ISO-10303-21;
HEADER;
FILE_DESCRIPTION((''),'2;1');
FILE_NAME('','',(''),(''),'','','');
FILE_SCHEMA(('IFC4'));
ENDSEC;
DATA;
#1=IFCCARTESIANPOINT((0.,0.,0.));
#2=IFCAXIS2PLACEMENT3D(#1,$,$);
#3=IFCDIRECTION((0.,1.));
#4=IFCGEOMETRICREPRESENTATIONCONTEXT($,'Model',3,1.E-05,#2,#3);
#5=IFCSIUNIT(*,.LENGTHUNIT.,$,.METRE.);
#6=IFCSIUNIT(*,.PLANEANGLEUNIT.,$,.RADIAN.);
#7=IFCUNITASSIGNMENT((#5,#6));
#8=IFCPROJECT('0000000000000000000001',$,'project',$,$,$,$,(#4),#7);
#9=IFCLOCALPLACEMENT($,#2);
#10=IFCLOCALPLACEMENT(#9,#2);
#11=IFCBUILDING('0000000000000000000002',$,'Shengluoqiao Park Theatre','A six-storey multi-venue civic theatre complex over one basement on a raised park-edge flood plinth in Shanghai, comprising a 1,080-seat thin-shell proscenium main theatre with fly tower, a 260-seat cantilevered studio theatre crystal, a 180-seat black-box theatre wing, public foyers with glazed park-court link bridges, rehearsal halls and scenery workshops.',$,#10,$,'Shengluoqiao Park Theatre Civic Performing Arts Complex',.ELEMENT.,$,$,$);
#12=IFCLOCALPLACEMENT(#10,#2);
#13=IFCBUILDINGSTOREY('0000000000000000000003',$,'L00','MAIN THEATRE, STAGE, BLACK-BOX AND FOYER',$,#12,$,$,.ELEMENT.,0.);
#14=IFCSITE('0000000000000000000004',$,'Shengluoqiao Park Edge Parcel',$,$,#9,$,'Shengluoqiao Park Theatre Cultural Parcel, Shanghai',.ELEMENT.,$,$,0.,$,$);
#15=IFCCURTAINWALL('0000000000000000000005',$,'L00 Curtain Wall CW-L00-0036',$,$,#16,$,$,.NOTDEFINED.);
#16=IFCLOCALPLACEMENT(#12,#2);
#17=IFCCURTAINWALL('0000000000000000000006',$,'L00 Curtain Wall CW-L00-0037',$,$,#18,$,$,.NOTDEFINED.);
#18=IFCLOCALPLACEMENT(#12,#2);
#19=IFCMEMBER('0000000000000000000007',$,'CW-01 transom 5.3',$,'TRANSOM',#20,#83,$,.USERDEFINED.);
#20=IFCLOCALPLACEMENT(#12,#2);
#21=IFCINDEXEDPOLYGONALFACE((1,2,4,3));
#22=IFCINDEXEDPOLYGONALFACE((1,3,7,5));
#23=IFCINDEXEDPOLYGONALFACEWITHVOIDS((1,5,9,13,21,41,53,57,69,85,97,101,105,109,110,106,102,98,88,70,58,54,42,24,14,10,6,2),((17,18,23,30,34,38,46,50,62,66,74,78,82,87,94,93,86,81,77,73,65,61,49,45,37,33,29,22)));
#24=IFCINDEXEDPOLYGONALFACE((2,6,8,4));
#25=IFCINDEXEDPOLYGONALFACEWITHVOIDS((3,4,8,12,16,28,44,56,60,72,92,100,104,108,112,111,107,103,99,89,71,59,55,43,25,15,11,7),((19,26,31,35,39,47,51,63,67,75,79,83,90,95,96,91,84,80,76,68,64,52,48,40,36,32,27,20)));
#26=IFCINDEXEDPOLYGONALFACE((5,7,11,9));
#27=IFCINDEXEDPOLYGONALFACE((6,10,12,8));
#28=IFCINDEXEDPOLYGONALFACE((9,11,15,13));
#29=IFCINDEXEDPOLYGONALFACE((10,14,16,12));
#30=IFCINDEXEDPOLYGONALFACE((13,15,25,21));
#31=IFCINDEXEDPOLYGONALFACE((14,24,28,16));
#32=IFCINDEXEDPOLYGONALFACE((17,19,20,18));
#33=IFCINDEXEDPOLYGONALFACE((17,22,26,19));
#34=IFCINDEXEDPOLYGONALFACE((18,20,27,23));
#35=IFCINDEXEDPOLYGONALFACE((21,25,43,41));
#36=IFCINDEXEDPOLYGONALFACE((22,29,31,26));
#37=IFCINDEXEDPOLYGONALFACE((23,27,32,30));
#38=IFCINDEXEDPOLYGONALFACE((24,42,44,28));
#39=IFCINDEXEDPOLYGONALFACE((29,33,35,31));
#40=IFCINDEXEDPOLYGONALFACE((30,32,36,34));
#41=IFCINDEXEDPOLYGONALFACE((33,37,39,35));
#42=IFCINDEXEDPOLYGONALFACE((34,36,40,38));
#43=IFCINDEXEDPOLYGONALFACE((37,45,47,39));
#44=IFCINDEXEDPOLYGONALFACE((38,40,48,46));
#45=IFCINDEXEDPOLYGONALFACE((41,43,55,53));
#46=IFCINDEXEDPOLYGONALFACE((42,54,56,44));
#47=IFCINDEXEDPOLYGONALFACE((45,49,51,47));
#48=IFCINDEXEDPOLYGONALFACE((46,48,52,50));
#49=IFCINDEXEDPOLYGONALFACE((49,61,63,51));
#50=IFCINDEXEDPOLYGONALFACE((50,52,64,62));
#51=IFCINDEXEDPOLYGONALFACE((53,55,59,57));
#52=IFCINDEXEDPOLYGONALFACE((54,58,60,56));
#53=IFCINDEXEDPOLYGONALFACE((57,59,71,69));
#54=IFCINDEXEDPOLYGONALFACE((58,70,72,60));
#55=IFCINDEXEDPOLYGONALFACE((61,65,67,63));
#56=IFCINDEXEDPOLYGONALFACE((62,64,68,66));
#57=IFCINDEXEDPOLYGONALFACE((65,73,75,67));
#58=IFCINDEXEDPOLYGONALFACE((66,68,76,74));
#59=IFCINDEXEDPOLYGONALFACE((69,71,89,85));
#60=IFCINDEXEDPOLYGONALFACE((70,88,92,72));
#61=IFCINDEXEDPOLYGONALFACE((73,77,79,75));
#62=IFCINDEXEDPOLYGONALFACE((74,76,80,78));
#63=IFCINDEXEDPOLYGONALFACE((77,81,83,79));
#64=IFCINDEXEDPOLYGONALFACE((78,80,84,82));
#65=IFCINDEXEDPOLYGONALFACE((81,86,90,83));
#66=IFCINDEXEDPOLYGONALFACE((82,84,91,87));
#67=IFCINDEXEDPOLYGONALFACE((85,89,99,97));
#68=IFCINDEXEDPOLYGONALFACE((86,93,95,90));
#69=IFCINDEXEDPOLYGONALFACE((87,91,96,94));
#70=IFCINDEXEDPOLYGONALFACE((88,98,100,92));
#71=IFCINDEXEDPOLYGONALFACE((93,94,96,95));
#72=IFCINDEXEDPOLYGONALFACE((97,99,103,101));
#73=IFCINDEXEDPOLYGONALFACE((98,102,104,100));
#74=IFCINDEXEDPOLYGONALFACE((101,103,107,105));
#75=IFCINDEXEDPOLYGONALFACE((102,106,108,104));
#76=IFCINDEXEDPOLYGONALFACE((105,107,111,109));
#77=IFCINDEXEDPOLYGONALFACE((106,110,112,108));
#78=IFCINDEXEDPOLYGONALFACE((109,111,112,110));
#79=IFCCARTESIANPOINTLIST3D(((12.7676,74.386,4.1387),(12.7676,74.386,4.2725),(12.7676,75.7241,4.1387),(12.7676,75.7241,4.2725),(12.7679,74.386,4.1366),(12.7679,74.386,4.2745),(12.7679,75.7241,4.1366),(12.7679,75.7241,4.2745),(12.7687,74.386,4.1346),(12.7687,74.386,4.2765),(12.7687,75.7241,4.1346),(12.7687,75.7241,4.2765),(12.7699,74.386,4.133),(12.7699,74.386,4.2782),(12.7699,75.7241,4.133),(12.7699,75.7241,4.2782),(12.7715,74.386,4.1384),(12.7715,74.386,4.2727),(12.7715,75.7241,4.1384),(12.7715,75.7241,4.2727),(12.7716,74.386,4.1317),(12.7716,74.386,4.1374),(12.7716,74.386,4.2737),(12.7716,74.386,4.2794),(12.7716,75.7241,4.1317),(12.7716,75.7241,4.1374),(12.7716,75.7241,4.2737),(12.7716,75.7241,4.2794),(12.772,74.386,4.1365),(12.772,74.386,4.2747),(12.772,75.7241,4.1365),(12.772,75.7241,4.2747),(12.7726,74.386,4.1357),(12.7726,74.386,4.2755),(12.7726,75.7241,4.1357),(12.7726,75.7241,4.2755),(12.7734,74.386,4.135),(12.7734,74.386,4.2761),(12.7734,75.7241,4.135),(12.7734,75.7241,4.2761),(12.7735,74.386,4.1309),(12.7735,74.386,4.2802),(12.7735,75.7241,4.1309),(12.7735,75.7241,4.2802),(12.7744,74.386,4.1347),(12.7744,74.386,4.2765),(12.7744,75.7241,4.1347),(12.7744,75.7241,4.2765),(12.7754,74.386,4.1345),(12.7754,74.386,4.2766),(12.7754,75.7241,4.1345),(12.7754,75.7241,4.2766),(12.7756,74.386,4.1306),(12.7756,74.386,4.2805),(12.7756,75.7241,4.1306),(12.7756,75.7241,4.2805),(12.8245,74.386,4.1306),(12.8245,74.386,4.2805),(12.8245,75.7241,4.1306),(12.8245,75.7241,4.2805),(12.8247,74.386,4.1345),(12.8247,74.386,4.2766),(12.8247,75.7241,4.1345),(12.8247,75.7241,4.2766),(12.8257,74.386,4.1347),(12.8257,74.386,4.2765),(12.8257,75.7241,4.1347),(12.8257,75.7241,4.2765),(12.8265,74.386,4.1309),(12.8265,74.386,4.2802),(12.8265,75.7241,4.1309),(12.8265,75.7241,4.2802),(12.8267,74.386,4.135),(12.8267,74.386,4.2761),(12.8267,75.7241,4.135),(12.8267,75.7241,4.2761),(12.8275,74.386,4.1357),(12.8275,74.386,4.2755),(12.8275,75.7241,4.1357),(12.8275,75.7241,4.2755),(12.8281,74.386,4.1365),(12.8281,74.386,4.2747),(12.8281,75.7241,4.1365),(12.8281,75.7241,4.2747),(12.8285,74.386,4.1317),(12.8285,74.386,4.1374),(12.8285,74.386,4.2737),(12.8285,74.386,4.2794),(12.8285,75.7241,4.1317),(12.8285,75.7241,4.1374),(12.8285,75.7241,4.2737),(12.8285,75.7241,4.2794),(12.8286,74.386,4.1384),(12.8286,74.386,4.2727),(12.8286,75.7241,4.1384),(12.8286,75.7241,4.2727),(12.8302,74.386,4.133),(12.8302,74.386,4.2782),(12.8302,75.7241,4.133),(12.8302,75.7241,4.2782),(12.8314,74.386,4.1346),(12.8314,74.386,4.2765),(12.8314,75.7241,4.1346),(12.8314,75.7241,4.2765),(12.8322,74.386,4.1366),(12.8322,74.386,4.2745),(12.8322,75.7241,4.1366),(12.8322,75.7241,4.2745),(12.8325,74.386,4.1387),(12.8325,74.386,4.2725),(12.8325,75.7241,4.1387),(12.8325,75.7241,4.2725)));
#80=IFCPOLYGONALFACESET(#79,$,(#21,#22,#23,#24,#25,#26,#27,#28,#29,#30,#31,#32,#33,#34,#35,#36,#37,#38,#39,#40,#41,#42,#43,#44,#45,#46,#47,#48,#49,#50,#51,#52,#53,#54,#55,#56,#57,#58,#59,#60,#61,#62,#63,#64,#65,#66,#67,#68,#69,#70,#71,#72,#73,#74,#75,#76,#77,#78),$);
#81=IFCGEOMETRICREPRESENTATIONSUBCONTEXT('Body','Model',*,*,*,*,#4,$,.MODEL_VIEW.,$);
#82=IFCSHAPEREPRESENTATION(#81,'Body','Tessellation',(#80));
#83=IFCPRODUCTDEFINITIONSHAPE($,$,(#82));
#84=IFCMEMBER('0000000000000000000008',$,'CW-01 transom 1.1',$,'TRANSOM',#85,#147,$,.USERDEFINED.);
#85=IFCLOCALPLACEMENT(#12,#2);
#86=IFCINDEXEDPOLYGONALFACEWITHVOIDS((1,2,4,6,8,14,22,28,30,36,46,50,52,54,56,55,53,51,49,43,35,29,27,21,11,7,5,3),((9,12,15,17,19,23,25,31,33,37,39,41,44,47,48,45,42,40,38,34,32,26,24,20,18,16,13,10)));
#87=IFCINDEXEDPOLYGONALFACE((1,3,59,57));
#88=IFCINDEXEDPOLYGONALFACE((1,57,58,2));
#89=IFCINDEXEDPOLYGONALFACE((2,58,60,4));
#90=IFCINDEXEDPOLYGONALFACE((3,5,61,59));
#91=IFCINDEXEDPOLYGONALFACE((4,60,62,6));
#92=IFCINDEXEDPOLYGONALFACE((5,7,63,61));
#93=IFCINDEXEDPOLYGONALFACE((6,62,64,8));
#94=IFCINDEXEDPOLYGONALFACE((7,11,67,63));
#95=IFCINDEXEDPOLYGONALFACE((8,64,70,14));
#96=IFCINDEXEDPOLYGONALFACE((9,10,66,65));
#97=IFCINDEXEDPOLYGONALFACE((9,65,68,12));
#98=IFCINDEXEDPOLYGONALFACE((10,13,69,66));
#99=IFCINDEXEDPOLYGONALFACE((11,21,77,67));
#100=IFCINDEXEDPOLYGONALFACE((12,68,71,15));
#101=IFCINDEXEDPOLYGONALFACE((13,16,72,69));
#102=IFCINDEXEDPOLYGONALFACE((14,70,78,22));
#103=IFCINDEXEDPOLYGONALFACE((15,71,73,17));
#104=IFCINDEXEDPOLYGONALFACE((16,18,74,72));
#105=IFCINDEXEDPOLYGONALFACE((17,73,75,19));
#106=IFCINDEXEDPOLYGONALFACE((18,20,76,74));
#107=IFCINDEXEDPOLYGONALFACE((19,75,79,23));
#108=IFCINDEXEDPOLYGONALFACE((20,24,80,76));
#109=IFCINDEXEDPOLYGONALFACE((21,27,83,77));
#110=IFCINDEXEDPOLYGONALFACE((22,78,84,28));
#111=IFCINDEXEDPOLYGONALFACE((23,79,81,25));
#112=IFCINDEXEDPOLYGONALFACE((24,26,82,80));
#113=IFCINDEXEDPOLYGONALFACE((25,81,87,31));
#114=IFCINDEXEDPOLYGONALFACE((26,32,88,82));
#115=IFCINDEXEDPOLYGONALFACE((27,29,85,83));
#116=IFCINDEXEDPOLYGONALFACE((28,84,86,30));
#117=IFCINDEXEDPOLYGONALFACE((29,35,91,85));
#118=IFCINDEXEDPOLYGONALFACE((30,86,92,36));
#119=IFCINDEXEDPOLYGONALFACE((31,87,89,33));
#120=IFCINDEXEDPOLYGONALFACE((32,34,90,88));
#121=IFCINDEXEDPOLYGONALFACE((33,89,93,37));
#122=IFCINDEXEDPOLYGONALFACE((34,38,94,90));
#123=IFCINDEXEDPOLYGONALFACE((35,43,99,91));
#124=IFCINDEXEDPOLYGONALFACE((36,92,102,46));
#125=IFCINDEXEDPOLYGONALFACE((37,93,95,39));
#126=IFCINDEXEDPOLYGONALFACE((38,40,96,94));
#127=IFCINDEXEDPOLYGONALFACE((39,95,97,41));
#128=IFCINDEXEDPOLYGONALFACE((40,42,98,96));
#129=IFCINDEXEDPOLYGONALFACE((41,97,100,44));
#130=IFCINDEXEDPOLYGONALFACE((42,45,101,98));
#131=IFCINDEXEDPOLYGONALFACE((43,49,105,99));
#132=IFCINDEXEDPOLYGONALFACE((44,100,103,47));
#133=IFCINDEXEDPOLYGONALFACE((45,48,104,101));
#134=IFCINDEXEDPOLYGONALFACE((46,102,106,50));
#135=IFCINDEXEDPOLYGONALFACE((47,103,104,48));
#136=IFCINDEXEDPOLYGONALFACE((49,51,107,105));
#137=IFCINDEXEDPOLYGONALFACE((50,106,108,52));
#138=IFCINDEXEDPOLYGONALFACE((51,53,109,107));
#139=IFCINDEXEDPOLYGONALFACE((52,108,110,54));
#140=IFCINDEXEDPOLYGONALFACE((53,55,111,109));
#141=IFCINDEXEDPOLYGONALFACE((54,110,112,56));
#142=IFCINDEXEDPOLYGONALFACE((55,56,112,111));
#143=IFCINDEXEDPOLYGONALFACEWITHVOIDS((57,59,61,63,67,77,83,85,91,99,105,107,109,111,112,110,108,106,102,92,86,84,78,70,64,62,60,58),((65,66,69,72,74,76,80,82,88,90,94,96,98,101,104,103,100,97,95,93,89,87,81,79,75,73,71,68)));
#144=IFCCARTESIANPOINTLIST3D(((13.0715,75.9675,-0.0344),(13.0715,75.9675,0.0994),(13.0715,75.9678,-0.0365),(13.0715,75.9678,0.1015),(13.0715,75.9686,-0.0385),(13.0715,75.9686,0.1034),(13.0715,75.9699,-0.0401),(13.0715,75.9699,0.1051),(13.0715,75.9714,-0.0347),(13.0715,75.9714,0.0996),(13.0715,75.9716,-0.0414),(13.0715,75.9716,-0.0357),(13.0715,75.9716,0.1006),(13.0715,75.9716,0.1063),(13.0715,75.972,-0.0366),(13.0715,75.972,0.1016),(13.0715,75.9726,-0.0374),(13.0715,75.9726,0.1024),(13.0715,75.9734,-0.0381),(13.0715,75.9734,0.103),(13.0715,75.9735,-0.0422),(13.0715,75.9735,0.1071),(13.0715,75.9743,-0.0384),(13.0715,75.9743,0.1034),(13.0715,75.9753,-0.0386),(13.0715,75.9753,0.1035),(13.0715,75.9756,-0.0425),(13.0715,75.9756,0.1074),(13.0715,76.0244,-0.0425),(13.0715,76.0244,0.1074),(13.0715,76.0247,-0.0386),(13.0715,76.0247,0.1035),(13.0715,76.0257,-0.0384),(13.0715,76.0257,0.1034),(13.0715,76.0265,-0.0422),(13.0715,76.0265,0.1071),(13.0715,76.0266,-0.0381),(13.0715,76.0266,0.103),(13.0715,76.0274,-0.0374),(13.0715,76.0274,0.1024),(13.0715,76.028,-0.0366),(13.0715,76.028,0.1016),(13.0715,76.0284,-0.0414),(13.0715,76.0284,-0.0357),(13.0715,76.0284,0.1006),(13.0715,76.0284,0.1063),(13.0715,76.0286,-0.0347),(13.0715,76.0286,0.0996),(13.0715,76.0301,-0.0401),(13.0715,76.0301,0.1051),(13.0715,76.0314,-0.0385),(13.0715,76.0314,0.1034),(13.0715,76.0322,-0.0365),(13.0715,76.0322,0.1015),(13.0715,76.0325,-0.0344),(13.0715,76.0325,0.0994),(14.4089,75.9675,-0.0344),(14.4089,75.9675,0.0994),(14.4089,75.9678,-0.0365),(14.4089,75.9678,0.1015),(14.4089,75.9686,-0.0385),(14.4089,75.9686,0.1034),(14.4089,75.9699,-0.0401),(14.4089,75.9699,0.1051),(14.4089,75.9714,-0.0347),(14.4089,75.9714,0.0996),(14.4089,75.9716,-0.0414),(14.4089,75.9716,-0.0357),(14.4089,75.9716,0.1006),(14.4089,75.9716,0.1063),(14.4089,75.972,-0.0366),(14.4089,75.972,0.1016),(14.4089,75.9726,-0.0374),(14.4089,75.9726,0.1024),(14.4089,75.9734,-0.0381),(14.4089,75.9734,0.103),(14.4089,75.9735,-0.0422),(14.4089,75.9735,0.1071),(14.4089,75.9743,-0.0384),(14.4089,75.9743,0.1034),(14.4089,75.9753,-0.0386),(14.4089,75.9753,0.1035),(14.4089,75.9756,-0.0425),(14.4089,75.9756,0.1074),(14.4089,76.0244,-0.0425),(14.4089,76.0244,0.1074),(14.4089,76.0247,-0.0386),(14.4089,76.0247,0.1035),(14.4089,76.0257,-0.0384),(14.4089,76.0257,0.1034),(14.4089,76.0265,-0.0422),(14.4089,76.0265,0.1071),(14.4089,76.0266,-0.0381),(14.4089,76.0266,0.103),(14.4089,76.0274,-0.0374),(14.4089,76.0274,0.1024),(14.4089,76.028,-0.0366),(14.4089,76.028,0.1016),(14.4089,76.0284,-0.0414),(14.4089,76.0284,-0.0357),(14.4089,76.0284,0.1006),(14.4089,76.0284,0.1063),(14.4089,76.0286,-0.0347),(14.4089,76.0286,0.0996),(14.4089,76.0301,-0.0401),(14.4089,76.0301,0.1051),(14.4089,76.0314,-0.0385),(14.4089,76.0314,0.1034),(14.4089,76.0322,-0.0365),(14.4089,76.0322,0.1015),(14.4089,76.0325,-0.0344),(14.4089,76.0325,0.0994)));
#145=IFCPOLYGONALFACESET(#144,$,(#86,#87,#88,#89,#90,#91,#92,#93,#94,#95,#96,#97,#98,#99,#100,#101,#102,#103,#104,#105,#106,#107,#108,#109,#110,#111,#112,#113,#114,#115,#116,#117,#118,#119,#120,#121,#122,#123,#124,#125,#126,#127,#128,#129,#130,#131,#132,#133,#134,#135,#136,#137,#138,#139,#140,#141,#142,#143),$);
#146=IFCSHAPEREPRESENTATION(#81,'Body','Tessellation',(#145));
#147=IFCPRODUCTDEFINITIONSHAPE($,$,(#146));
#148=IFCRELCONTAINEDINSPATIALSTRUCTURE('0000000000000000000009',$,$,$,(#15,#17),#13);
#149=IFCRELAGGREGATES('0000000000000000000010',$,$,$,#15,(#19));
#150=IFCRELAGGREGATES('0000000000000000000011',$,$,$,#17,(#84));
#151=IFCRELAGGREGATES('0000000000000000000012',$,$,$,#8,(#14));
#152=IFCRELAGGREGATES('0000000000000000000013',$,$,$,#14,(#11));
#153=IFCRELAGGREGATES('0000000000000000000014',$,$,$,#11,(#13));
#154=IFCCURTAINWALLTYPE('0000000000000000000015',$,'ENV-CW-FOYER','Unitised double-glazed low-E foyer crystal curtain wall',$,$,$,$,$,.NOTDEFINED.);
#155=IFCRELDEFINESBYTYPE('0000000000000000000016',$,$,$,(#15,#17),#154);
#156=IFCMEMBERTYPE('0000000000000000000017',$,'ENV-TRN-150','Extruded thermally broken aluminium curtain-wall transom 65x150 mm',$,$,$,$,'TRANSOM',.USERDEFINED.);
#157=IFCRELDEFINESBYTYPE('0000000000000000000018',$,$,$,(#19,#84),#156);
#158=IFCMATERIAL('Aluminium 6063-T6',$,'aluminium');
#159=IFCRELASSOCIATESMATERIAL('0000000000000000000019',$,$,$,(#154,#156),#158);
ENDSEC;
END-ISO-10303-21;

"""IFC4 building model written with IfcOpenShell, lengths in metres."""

from ifc_helpers import new_model, si_unit, direction, frame, origin, origin_2d, place, context, subcontext, project, spatial, hollow_rectangle, extrude, material, material_profile, profile_set, type_object, element, aggregate, save


model = new_model("IFC4")

# Units and contexts
model_context = context("Model", 3, precision=1e-05, world=origin(), true_north=direction((0.0, 1.0)))
body_context = subcontext(model_context, "Body", "Model", "MODEL_VIEW")
ifc_project = project(units=[si_unit("LENGTHUNIT", "METRE"), si_unit("PLANEANGLEUNIT", "RADIAN")], contexts=[model_context])

# Site, building, storey
site_placement = place(None, origin())
site = spatial("IfcSite", under=ifc_project, at=site_placement, Name="Shengluoqiao Park Edge Parcel", LongName="Shengluoqiao Park Theatre Cultural Parcel, Shanghai", CompositionType="ELEMENT", RefElevation=0.0)
building_placement = place(site_placement, origin())
building = spatial("IfcBuilding", under=site, at=building_placement, Name="Shengluoqiao Park Theatre", Description="A six-storey multi-venue civic theatre complex over one basement on a raised park-edge flood plinth in Shanghai, comprising a 1,080-seat thin-shell proscenium main theatre with fly tower, a 260-seat cantilevered studio theatre crystal, a 180-seat black-box theatre wing, public foyers with glazed park-court link bridges, rehearsal halls and scenery workshops.", LongName="Shengluoqiao Park Theatre Civic Performing Arts Complex", CompositionType="ELEMENT")
storey_placement = place(building_placement, origin())
storey = spatial("IfcBuildingStorey", under=building, at=storey_placement, Name="L00", Description="MAIN THEATRE, STAGE, BLACK-BOX AND FOYER", CompositionType="ELEMENT", Elevation=0.0)

# Curtain walls
ifc_material_1 = material(Name="Aluminium 6063-T6", Category="aluminium")
curtain_wall_type = type_object("IfcCurtainWallType", Name="ENV-CW-FOYER", Description="Unitised double-glazed low-E foyer crystal curtain wall", PredefinedType="NOTDEFINED", material=ifc_material_1)
curtain_wall_1_placement = place(storey_placement, origin())
curtain_wall_1 = element("IfcCurtainWall", 1, at=curtain_wall_1_placement, inside=storey, type_object=curtain_wall_type, Name="L00 Curtain Wall CW-L00-0036", PredefinedType="NOTDEFINED")
curtain_wall_2_placement = place(storey_placement, origin())
curtain_wall_2 = element("IfcCurtainWall", 2, at=curtain_wall_2_placement, inside=storey, type_object=curtain_wall_type, Name="L00 Curtain Wall CW-L00-0037", PredefinedType="NOTDEFINED")

# Members
ifc_material_profile_1 = material_profile(ifc_material_1, hollow_rectangle(XDim=0.0649, YDim=0.1499, WallThickness=0.0039, InnerFilletRadius=0.0039, OuterFilletRadius=0.0081, at=origin_2d()), Name="ALU TRANSOM 150x65x4")
ifc_profile_set_1 = profile_set([ifc_material_profile_1], Name="Aluminium 6063-T6")
member_type_1 = type_object("IfcMemberType", Name="ENV-TRN-150", Description="Extruded thermally broken aluminium curtain-wall transom 65x150 mm", ElementType="TRANSOM", PredefinedType="USERDEFINED", material=ifc_profile_set_1)
member_1_placement = place(storey_placement, frame((12.8, 74.386, 4.2056), z_axis=(0.0, 1.0, 0.0), x_axis=(-1.0, 0.0, 0.0)))
member_1 = element("IfcMember", 3, at=member_1_placement, type_object=member_type_1, Name="CW-01 transom 5.3", ObjectType="TRANSOM", PredefinedType="USERDEFINED", context=body_context, shape_type="SweptSolid", body=[
    extrude(hollow_rectangle(XDim=0.0649, YDim=0.1499, WallThickness=0.0039, InnerFilletRadius=0.0039, OuterFilletRadius=0.0081, at=origin_2d()), origin(), (0.0, 0.0, 1.0), 1.3381),
])
member_2_placement = place(storey_placement, frame((13.0715, 76.0, 0.0325), z_axis=(1.0, 0.0, 0.0), x_axis=(0.0, 1.0, 0.0)))
member_2 = element("IfcMember", 4, at=member_2_placement, type_object=member_type_1, Name="CW-01 transom 1.1", ObjectType="TRANSOM", PredefinedType="USERDEFINED", context=body_context, shape_type="SweptSolid", body=[
    extrude(hollow_rectangle(XDim=0.0649, YDim=0.1499, WallThickness=0.0039, InnerFilletRadius=0.0039, OuterFilletRadius=0.0081, at=origin_2d()), origin(), (0.0, 0.0, 1.0), 1.3374),
])

aggregate(curtain_wall_1, [member_1])
aggregate(curtain_wall_2, [member_2])

save(model, "model.ifc")
